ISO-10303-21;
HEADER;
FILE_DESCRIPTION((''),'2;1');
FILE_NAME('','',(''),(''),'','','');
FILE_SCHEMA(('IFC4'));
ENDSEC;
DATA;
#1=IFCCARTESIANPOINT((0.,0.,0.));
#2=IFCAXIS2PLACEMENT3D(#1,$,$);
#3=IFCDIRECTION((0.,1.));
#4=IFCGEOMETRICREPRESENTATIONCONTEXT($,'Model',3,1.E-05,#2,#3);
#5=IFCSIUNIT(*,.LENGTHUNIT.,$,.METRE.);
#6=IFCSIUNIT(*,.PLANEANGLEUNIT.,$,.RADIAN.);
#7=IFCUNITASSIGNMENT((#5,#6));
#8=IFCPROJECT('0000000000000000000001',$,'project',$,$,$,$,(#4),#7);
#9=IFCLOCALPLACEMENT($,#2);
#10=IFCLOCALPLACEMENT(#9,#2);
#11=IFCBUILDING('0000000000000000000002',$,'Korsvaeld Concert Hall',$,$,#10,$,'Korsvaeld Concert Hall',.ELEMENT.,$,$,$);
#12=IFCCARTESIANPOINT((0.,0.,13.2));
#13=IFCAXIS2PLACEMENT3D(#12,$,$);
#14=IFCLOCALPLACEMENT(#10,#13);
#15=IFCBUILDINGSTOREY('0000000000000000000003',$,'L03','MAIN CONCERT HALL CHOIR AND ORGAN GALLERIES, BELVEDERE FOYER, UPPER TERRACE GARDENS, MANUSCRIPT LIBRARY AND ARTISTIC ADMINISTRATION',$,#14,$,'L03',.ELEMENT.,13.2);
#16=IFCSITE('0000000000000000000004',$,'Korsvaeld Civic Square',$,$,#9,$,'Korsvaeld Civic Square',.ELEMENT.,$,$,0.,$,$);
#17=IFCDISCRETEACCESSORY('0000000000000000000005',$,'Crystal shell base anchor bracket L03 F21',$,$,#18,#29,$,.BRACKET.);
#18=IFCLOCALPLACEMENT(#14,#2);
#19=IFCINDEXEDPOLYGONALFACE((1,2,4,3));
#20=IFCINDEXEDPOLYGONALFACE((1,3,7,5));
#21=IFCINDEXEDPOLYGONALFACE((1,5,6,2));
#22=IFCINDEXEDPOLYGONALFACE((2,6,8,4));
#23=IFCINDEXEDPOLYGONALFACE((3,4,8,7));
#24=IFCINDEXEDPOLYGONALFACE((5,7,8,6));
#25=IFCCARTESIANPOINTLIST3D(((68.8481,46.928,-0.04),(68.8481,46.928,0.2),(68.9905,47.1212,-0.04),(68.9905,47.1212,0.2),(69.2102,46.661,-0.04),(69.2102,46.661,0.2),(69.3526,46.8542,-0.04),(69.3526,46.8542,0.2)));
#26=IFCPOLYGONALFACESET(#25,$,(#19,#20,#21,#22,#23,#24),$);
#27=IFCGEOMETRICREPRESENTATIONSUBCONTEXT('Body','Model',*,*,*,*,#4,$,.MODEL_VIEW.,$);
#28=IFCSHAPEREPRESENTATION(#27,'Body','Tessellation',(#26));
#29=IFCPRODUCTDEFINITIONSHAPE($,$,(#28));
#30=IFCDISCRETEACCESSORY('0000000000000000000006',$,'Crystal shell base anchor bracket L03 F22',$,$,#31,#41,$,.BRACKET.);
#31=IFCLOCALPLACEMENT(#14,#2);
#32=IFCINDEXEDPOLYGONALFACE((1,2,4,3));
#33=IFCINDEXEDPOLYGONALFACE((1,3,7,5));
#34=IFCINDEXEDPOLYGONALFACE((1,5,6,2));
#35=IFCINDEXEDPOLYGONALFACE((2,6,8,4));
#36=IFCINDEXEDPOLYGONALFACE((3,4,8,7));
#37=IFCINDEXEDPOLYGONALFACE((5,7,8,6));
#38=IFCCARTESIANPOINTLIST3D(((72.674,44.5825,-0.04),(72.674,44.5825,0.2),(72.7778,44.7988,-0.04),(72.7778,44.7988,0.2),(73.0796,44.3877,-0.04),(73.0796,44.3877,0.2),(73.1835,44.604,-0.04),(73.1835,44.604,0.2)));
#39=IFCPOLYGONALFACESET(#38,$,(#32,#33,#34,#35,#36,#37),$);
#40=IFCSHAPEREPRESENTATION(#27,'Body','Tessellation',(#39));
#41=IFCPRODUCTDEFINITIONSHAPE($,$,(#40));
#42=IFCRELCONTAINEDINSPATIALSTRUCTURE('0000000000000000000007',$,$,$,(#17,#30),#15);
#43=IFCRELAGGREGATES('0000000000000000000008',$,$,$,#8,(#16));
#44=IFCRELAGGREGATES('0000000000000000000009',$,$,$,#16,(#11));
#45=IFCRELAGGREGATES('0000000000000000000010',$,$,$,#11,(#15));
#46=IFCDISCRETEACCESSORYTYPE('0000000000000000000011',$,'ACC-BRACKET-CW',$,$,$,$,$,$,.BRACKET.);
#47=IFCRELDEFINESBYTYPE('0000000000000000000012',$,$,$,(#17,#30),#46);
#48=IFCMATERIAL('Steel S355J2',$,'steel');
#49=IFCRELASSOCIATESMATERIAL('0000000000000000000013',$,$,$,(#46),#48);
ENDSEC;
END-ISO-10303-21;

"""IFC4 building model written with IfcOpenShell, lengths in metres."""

from ifc_helpers import new_model, si_unit, direction, frame, origin, origin_2d, place, context, subcontext, project, spatial, rectangle, extrude, material, type_object, element, save


model = new_model("IFC4")

# Units and contexts
model_context = context("Model", 3, precision=1e-05, world=origin(), true_north=direction((0.0, 1.0)))
body_context = subcontext(model_context, "Body", "Model", "MODEL_VIEW")
ifc_project = project(units=[si_unit("LENGTHUNIT", "METRE"), si_unit("PLANEANGLEUNIT", "RADIAN")], contexts=[model_context])

# Site, building, storey
site_placement = place(None, origin())
site = spatial("IfcSite", under=ifc_project, at=site_placement, Name="Korsvaeld Civic Square", LongName="Korsvaeld Civic Square", CompositionType="ELEMENT", RefElevation=0.0)
building_placement = place(site_placement, origin())
building = spatial("IfcBuilding", under=site, at=building_placement, Name="Korsvaeld Concert Hall", LongName="Korsvaeld Concert Hall", CompositionType="ELEMENT")
storey_placement = place(building_placement, frame((0.0, 0.0, 13.2)))
storey = spatial("IfcBuildingStorey", under=building, at=storey_placement, Name="L03", Description="MAIN CONCERT HALL CHOIR AND ORGAN GALLERIES, BELVEDERE FOYER, UPPER TERRACE GARDENS, MANUSCRIPT LIBRARY AND ARTISTIC ADMINISTRATION", LongName="L03", CompositionType="ELEMENT", Elevation=13.2)

# Discrete accessories
ifc_material_1 = material(Name="Steel S355J2", Category="steel")
discrete_accessory_type = type_object("IfcDiscreteAccessoryType", Name="ACC-BRACKET-CW", PredefinedType="BRACKET", material=ifc_material_1)
for number, where, z_axis, x_axis, name in (
    (1, (69.1003, 46.8911, -0.04), (0.0, 0.0, 1.0), (0.804894, -0.593419, 0.0), "Crystal shell base anchor bracket L03 F21"),
    (2, (72.9287, 44.5933, -0.04), (0.0, 0.0, 1.0), (0.901455, -0.432873, 0.0), "Crystal shell base anchor bracket L03 F22"),
):
    element("IfcDiscreteAccessory", number, at=place(storey_placement, frame(where, z_axis=z_axis, x_axis=x_axis)), inside=storey, type_object=discrete_accessory_type, Name=name, PredefinedType="BRACKET", context=body_context, shape_type="SweptSolid", body=[
        extrude(rectangle(XDim=0.45, YDim=0.24, at=origin_2d()), origin(), (0.0, 0.0, 1.0), 0.24),
    ])

save(model, "model.ifc")
